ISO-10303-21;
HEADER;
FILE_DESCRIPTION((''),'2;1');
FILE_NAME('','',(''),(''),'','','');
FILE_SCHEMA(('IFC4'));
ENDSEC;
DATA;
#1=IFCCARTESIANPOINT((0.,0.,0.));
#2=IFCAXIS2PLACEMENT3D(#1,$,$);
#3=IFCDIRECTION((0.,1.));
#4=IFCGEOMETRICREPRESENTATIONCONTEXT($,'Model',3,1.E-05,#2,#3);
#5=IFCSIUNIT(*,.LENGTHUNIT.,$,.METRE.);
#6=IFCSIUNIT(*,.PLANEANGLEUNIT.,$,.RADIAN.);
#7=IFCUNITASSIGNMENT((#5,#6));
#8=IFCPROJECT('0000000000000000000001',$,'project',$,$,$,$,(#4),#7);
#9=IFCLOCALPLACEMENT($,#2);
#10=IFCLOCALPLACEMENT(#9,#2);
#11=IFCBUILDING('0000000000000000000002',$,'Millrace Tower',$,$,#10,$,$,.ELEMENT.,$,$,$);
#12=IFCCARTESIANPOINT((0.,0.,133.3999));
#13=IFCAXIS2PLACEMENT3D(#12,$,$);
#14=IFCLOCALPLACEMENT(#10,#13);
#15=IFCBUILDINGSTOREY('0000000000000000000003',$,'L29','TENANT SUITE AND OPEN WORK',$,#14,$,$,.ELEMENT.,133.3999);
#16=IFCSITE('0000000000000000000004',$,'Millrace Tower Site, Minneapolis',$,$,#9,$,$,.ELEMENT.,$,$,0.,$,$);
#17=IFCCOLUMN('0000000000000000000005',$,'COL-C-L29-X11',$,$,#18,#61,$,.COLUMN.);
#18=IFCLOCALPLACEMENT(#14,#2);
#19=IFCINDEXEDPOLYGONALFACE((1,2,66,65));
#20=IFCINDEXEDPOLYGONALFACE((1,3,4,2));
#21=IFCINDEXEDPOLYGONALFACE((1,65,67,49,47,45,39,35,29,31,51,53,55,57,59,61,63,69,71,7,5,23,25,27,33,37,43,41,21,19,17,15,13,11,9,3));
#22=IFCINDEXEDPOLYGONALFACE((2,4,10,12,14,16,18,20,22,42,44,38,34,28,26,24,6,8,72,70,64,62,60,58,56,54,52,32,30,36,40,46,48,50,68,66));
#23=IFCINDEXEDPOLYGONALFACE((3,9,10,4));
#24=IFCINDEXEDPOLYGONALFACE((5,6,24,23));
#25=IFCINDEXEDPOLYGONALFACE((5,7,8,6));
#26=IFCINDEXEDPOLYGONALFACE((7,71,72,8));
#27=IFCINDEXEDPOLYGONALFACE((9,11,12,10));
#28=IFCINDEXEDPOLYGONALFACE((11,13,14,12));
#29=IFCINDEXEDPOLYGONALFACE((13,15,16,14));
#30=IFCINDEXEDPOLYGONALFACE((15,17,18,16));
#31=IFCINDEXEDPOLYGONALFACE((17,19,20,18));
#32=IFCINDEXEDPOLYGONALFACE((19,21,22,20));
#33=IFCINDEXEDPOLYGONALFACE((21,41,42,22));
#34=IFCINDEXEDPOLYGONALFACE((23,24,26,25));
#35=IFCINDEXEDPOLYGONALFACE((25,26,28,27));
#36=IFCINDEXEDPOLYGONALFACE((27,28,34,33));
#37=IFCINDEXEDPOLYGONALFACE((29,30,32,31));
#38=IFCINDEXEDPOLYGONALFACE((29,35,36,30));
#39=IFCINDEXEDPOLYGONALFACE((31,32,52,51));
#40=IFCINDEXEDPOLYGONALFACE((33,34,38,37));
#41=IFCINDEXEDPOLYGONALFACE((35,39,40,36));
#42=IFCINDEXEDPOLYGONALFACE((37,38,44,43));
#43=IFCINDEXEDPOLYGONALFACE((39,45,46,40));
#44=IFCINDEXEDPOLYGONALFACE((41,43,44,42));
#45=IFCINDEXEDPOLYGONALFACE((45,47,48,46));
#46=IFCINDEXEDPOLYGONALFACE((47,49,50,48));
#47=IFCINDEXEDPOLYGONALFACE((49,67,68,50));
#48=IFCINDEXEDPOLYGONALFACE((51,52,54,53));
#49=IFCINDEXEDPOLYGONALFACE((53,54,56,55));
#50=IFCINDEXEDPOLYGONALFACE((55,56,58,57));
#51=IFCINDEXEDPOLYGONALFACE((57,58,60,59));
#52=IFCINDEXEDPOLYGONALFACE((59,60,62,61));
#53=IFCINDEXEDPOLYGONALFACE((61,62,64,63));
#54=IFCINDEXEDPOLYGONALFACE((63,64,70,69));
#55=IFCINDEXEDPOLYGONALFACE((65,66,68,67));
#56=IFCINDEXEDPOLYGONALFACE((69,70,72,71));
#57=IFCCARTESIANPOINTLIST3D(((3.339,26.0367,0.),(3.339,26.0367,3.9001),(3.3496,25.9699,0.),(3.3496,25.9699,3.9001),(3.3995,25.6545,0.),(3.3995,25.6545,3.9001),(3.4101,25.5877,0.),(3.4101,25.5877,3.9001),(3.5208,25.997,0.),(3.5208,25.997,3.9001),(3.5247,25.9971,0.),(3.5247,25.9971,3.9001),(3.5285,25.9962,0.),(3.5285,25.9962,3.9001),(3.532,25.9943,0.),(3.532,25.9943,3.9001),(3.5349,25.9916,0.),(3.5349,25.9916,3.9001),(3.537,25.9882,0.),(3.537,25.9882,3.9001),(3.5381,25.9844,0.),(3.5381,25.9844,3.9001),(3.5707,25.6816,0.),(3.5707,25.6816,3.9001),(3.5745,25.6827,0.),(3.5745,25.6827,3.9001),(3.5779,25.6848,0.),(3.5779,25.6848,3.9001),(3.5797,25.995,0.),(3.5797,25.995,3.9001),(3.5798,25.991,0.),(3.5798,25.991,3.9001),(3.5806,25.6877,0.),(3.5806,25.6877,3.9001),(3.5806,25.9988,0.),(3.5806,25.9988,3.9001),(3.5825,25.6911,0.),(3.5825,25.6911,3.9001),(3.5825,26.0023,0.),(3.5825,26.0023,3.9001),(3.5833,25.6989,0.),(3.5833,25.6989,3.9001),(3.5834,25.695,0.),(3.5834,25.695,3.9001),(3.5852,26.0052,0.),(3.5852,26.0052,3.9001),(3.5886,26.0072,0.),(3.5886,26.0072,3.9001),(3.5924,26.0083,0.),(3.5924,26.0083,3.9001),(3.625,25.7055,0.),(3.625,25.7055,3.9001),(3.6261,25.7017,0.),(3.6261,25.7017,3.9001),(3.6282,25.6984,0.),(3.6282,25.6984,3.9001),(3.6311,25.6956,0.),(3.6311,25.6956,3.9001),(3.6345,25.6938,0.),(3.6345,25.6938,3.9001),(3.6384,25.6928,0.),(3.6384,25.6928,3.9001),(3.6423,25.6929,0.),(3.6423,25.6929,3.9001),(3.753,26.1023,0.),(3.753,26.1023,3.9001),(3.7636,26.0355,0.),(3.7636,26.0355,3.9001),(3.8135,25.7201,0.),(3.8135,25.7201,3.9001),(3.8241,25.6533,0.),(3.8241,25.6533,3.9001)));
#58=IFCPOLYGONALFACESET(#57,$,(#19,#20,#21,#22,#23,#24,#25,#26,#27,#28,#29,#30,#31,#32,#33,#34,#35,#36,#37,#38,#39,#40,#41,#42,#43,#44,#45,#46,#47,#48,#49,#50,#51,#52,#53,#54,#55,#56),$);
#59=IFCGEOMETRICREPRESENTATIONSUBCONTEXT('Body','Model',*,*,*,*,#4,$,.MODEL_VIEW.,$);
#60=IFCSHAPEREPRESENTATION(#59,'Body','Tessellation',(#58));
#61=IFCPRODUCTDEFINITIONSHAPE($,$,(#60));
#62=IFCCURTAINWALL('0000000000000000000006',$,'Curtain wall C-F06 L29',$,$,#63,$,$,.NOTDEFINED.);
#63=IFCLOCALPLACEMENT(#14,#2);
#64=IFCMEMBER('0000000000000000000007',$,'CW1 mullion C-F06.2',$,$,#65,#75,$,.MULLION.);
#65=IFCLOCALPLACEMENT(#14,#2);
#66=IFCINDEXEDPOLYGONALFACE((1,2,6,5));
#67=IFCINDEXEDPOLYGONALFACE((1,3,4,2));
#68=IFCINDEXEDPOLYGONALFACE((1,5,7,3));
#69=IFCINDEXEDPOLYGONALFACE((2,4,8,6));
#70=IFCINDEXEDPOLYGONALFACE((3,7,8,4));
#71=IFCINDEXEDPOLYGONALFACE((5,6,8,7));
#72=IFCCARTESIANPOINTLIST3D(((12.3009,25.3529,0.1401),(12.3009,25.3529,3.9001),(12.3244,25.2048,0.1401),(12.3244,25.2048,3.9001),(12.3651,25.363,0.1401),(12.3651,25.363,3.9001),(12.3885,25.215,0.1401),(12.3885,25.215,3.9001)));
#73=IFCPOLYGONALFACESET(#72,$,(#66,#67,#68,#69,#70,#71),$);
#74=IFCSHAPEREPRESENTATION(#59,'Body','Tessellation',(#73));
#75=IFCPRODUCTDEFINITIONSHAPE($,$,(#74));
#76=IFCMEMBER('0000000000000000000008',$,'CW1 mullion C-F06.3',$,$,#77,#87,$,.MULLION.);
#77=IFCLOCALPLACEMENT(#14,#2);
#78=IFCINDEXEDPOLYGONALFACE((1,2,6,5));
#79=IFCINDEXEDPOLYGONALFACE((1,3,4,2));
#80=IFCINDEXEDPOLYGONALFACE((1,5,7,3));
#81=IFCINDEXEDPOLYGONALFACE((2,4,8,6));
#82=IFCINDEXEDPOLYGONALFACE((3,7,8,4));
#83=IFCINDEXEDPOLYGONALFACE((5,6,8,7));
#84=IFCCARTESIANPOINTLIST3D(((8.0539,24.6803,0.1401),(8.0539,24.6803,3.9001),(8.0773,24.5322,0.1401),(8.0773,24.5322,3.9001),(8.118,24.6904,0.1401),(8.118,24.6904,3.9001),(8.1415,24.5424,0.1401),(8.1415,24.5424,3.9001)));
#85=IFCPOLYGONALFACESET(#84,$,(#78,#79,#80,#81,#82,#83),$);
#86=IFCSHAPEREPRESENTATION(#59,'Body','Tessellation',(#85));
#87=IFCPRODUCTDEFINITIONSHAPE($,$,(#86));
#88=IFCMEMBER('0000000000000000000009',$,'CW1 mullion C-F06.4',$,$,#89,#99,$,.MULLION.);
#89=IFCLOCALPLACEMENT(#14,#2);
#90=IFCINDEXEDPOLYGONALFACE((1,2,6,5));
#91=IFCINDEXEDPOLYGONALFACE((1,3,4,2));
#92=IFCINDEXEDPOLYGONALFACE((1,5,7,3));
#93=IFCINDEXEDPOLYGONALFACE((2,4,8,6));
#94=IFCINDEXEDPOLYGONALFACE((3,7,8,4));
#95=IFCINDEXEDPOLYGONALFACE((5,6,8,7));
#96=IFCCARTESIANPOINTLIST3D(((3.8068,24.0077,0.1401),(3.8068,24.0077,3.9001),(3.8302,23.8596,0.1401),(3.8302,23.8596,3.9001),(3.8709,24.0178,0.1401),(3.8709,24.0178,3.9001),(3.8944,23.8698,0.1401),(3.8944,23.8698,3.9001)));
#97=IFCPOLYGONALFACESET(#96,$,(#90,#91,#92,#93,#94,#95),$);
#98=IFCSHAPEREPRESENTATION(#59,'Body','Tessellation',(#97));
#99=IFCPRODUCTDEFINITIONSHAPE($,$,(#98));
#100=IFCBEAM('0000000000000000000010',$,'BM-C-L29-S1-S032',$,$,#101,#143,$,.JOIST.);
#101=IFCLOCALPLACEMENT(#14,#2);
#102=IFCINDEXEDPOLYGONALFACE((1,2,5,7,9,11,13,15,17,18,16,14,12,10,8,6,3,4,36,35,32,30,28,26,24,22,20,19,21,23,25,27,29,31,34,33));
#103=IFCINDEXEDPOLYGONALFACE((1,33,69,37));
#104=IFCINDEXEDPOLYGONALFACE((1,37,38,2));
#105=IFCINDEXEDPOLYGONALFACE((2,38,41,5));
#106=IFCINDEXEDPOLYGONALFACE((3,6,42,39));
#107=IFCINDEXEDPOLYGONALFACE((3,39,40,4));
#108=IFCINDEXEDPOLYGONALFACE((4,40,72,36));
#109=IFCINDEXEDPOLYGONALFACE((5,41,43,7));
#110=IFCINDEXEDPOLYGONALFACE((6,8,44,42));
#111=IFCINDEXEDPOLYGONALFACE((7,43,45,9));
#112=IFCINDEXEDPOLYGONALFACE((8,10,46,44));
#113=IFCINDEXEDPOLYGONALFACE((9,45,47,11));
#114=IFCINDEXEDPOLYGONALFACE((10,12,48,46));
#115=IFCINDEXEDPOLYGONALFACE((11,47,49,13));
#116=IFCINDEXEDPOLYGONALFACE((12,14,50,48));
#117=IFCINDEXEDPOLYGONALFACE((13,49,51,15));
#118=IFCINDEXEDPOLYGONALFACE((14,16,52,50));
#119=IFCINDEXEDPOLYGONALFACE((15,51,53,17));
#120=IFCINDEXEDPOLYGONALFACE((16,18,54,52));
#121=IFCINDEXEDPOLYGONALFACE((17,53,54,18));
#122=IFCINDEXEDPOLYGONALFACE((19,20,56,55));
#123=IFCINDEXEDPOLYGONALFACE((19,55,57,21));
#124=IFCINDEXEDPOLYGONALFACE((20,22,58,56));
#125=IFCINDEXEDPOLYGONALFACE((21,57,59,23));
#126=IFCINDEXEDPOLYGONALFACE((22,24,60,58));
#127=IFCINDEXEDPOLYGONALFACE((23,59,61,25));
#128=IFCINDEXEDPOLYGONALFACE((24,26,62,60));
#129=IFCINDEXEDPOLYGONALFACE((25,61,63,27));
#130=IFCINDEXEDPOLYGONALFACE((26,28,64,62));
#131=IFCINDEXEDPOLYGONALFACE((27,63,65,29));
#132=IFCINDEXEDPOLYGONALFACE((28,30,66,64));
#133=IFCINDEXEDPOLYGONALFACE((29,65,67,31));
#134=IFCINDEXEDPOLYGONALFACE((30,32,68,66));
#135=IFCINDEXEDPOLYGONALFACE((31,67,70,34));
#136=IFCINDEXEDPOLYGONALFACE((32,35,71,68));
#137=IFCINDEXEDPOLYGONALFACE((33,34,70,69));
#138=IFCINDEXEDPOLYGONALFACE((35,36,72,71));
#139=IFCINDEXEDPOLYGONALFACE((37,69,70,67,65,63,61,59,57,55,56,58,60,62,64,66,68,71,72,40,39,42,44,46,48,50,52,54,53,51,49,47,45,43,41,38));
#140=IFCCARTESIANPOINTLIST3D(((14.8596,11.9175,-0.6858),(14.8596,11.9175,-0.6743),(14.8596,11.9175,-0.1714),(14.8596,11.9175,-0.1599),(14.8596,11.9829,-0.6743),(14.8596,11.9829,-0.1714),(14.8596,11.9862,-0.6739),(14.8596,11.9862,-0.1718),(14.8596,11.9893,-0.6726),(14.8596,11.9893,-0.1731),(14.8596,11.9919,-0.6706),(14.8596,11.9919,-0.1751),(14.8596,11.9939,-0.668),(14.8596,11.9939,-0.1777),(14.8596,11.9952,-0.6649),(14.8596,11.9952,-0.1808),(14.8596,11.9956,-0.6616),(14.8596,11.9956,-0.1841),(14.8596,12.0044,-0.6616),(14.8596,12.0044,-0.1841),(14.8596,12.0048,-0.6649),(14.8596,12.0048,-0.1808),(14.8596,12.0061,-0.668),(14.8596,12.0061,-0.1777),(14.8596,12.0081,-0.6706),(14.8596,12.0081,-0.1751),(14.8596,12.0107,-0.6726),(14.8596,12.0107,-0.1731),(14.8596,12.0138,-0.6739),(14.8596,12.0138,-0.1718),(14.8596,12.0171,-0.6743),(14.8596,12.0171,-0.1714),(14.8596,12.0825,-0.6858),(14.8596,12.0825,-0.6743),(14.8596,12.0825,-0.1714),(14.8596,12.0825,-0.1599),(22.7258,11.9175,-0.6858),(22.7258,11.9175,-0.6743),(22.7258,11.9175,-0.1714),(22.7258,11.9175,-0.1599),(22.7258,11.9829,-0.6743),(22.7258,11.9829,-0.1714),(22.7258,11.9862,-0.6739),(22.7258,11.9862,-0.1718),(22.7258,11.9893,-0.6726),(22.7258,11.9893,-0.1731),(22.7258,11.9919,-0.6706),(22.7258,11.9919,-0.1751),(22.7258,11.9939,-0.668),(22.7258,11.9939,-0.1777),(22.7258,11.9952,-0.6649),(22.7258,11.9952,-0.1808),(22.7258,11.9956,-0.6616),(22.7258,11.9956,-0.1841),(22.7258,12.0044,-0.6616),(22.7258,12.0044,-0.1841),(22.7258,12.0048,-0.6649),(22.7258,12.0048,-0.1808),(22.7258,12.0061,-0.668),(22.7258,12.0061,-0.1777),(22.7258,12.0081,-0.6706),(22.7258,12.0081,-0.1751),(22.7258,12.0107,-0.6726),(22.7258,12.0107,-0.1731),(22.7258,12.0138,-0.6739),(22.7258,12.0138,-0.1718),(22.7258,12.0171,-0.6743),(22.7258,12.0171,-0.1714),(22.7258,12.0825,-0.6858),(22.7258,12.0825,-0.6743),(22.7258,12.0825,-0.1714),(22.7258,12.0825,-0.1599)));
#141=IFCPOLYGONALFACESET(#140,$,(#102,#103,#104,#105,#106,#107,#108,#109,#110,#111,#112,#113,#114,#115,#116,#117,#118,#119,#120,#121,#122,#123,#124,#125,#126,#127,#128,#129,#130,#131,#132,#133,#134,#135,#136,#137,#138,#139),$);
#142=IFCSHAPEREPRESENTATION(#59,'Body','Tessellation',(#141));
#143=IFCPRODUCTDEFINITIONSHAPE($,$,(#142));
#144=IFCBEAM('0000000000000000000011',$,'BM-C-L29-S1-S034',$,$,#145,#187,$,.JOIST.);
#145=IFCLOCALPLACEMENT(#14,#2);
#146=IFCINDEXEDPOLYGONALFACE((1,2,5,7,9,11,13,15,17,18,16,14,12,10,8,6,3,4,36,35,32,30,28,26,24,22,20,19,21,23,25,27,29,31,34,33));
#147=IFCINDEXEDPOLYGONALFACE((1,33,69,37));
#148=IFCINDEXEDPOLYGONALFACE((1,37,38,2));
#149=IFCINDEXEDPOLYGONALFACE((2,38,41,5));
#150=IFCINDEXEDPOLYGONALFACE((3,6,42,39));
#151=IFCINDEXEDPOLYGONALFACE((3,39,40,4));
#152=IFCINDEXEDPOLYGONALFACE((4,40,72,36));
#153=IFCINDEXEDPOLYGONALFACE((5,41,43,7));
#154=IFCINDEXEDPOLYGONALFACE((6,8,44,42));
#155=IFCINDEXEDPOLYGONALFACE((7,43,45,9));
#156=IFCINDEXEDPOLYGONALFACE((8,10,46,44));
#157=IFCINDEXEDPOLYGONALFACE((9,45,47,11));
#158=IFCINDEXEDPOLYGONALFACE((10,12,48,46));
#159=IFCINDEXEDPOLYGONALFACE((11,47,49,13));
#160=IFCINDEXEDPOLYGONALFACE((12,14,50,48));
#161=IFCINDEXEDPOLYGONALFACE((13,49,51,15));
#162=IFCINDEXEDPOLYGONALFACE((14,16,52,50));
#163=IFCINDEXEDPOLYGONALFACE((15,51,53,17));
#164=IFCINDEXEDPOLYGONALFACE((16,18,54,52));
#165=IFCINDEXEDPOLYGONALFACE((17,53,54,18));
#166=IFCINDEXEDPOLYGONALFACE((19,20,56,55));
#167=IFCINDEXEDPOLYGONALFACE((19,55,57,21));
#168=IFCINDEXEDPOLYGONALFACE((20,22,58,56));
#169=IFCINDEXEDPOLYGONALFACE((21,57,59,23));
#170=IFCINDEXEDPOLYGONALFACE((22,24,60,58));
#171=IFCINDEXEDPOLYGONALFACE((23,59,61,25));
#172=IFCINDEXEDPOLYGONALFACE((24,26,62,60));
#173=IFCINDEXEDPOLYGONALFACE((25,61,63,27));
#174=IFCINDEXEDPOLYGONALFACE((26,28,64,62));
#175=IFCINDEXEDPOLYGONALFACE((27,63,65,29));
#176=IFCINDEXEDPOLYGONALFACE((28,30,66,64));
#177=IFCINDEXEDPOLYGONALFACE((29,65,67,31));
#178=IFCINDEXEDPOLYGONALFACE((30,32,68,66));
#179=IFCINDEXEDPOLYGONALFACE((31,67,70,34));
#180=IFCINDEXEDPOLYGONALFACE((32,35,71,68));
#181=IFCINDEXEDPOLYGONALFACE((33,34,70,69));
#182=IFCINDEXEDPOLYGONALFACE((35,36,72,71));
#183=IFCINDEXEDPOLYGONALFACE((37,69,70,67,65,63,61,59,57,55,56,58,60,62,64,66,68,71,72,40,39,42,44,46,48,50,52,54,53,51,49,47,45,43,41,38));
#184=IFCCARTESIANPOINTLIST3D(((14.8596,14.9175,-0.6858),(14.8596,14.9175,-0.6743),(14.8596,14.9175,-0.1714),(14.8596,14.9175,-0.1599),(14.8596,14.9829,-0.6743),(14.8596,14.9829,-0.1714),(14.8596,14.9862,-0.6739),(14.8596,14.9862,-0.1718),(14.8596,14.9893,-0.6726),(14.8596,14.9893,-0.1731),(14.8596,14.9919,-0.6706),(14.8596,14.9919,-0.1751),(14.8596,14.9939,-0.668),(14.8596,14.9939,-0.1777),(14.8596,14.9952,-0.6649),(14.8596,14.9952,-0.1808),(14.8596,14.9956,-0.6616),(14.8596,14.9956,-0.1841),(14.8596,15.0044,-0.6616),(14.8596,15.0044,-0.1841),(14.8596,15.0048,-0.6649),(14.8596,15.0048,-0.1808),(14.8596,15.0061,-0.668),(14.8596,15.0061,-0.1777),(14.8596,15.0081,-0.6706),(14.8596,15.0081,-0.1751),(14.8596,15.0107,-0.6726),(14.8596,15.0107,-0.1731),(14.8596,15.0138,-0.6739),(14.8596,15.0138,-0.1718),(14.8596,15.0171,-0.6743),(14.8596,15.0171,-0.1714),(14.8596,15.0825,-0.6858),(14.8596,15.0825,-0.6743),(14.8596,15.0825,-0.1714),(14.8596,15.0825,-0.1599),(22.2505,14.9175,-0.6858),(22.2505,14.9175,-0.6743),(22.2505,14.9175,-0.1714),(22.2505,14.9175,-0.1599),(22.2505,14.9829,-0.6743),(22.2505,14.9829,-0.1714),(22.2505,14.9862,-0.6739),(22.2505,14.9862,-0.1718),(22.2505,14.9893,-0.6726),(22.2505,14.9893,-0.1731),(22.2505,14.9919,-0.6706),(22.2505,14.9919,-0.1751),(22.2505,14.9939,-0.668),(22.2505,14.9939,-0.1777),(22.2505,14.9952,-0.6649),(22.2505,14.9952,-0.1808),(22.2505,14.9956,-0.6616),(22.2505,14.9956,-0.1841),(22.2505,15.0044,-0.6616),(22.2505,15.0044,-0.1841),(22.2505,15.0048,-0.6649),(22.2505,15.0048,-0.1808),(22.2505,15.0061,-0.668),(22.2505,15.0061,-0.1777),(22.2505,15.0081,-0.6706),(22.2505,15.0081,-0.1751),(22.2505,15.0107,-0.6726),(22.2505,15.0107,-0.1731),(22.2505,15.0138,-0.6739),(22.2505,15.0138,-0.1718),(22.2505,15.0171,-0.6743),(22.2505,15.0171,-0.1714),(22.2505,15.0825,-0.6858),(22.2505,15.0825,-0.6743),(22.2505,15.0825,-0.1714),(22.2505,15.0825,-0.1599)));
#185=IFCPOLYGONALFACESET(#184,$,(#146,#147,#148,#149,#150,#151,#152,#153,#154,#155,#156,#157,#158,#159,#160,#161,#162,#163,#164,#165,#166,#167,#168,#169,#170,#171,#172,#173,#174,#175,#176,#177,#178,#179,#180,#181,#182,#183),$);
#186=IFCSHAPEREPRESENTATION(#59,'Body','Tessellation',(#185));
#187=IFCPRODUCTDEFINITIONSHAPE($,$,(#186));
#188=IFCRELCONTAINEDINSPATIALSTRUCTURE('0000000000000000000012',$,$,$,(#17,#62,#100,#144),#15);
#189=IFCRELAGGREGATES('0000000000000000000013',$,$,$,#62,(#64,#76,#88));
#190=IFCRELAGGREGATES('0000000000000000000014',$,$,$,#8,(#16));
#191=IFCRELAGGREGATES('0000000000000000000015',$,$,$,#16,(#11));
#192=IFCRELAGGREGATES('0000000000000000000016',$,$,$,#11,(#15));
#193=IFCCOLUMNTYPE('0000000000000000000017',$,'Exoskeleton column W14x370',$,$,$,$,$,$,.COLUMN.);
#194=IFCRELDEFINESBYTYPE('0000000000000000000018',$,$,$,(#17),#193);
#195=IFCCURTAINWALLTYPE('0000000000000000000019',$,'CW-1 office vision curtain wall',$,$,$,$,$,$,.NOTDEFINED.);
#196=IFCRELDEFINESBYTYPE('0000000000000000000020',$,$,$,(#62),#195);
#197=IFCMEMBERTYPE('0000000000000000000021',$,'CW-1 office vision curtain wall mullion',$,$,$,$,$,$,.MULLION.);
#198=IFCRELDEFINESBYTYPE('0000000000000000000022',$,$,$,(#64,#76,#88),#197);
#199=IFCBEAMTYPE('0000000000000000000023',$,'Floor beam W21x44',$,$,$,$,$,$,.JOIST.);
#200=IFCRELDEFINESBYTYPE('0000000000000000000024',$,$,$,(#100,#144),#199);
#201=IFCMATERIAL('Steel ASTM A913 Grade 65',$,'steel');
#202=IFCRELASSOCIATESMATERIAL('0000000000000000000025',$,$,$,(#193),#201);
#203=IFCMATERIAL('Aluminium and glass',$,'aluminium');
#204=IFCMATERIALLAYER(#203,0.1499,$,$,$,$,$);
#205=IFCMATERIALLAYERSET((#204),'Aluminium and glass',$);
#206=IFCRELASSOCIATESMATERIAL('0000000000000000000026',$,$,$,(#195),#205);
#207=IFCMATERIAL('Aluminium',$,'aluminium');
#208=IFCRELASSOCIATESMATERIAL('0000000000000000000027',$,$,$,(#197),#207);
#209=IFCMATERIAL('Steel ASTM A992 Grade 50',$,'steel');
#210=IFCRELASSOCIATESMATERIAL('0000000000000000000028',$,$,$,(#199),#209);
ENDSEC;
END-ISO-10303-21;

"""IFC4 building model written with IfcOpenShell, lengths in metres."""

from ifc_helpers import new_model, si_unit, direction, frame, origin, origin_2d, place, context, subcontext, project, spatial, rectangle, i_section, extrude, material, layer, layer_set, material_profile, profile_set, type_object, element, aggregate, save


model = new_model("IFC4")

# Units and contexts
model_context = context("Model", 3, precision=1e-05, world=origin(), true_north=direction((0.0, 1.0)))
body_context = subcontext(model_context, "Body", "Model", "MODEL_VIEW")
ifc_project = project(units=[si_unit("LENGTHUNIT", "METRE"), si_unit("PLANEANGLEUNIT", "RADIAN")], contexts=[model_context])

# Site, building, storey
site_placement = place(None, origin())
site = spatial("IfcSite", under=ifc_project, at=site_placement, Name="Millrace Tower Site, Minneapolis", CompositionType="ELEMENT", RefElevation=0.0)
building_placement = place(site_placement, origin())
building = spatial("IfcBuilding", under=site, at=building_placement, Name="Millrace Tower", CompositionType="ELEMENT")
storey_placement = place(building_placement, frame((0.0, 0.0, 133.3999)))
storey = spatial("IfcBuildingStorey", under=building, at=storey_placement, Name="L29", Description="TENANT SUITE AND OPEN WORK", CompositionType="ELEMENT", Elevation=133.3999)

# Column
ifc_material_1 = material(Name="Steel ASTM A913 Grade 65", Category="steel")
ifc_material_profile_1 = material_profile(ifc_material_1, i_section(OverallWidth=0.4192, OverallDepth=0.4546, WebThickness=0.0422, FlangeThickness=0.0676, FilletRadius=0.0151, at=origin_2d()))
ifc_profile_set_1 = profile_set([ifc_material_profile_1], Name="Steel ASTM A913 Grade 65")
column_type = type_object("IfcColumnType", Name="Exoskeleton column W14x370", PredefinedType="COLUMN", material=ifc_profile_set_1)
column_placement = place(storey_placement, frame((3.5815, 25.845, 0.0), z_axis=(0.0, 0.0, 1.0), x_axis=(-0.987688, -0.156434, 0.0)))
element("IfcColumn", 1, at=column_placement, inside=storey, type_object=column_type, Name="COL-C-L29-X11", PredefinedType="COLUMN", context=body_context, shape_type="SweptSolid", body=[
    extrude(i_section(OverallWidth=0.4192, OverallDepth=0.4546, WebThickness=0.0422, FlangeThickness=0.0676, FilletRadius=0.0151, at=origin_2d()), origin(), (0.0, 0.0, 1.0), 3.9001),
])

# Curtain wall, members
ifc_material_2 = material(Name="Aluminium and glass", Category="aluminium")
ifc_layer_1 = layer(ifc_material_2, 0.1499)
ifc_layer_set_1 = layer_set([ifc_layer_1], Name="Aluminium and glass")
curtain_wall_type = type_object("IfcCurtainWallType", Name="CW-1 office vision curtain wall", PredefinedType="NOTDEFINED", material=ifc_layer_set_1)
curtain_wall_placement = place(storey_placement, origin())
curtain_wall = element("IfcCurtainWall", 2, at=curtain_wall_placement, inside=storey, type_object=curtain_wall_type, Name="Curtain wall C-F06 L29", PredefinedType="NOTDEFINED")
ifc_material_3 = material(Name="Aluminium", Category="aluminium")
ifc_material_profile_2 = material_profile(ifc_material_3, rectangle(XDim=0.0649, YDim=0.1499, at=origin_2d()))
ifc_profile_set_2 = profile_set([ifc_material_profile_2], Name="Aluminium")
member_type = type_object("IfcMemberType", Name="CW-1 office vision curtain wall mullion", PredefinedType="MULLION", material=ifc_profile_set_2)
member_1_placement = place(storey_placement, frame((12.3447, 25.2839, 0.1401), z_axis=(0.0, 0.0, 1.0), x_axis=(-0.987688, -0.156434, 0.0)))
member_1 = element("IfcMember", 3, at=member_1_placement, type_object=member_type, Name="CW1 mullion C-F06.2", PredefinedType="MULLION", context=body_context, shape_type="SweptSolid", body=[
    extrude(rectangle(XDim=0.0649, YDim=0.1499, at=origin_2d()), origin(), (0.0, 0.0, 1.0), 3.76),
])
member_2_placement = place(storey_placement, frame((8.0977, 24.6113, 0.1401), z_axis=(0.0, 0.0, 1.0), x_axis=(-0.987688, -0.156434, 0.0)))
member_2 = element("IfcMember", 4, at=member_2_placement, type_object=member_type, Name="CW1 mullion C-F06.3", PredefinedType="MULLION", context=body_context, shape_type="SweptSolid", body=[
    extrude(rectangle(XDim=0.0649, YDim=0.1499, at=origin_2d()), origin(), (0.0, 0.0, 1.0), 3.76),
])
member_3_placement = place(storey_placement, frame((3.8506, 23.9387, 0.1401), z_axis=(0.0, 0.0, 1.0), x_axis=(-0.987688, -0.156434, 0.0)))
member_3 = element("IfcMember", 5, at=member_3_placement, type_object=member_type, Name="CW1 mullion C-F06.4", PredefinedType="MULLION", context=body_context, shape_type="SweptSolid", body=[
    extrude(rectangle(XDim=0.0649, YDim=0.1499, at=origin_2d()), origin(), (0.0, 0.0, 1.0), 3.76),
])
aggregate(curtain_wall, [member_1, member_2, member_3])

# Beams
ifc_material_4 = material(Name="Steel ASTM A992 Grade 50", Category="steel")
ifc_material_profile_3 = material_profile(ifc_material_4, i_section(OverallWidth=0.165, OverallDepth=0.5259, WebThickness=0.0088, FlangeThickness=0.0115, FilletRadius=0.0127, at=origin_2d()))
ifc_profile_set_3 = profile_set([ifc_material_profile_3], Name="Steel ASTM A992 Grade 50")
beam_type_1 = type_object("IfcBeamType", Name="Floor beam W21x44", PredefinedType="JOIST", material=ifc_profile_set_3)
beam_1_placement = place(storey_placement, frame((14.8596, 12.0, -0.4229), z_axis=(1.0, 0.0, 0.0), x_axis=(0.0, 1.0, 0.0)))
element("IfcBeam", 6, at=beam_1_placement, inside=storey, type_object=beam_type_1, Name="BM-C-L29-S1-S032", PredefinedType="JOIST", context=body_context, shape_type="SweptSolid", body=[
    extrude(i_section(OverallWidth=0.165, OverallDepth=0.5259, WebThickness=0.0088, FlangeThickness=0.0115, FilletRadius=0.0127, at=origin_2d()), origin(), (0.0, 0.0, 1.0), 7.8662),
])
beam_2_placement = place(storey_placement, frame((14.8596, 15.0, -0.4229), z_axis=(1.0, 0.0, 0.0), x_axis=(0.0, 1.0, 0.0)))
element("IfcBeam", 7, at=beam_2_placement, inside=storey, type_object=beam_type_1, Name="BM-C-L29-S1-S034", PredefinedType="JOIST", context=body_context, shape_type="SweptSolid", body=[
    extrude(i_section(OverallWidth=0.165, OverallDepth=0.5259, WebThickness=0.0088, FlangeThickness=0.0115, FilletRadius=0.0127, at=origin_2d()), origin(), (0.0, 0.0, 1.0), 7.3909),
])

save(model, "model.ifc")
